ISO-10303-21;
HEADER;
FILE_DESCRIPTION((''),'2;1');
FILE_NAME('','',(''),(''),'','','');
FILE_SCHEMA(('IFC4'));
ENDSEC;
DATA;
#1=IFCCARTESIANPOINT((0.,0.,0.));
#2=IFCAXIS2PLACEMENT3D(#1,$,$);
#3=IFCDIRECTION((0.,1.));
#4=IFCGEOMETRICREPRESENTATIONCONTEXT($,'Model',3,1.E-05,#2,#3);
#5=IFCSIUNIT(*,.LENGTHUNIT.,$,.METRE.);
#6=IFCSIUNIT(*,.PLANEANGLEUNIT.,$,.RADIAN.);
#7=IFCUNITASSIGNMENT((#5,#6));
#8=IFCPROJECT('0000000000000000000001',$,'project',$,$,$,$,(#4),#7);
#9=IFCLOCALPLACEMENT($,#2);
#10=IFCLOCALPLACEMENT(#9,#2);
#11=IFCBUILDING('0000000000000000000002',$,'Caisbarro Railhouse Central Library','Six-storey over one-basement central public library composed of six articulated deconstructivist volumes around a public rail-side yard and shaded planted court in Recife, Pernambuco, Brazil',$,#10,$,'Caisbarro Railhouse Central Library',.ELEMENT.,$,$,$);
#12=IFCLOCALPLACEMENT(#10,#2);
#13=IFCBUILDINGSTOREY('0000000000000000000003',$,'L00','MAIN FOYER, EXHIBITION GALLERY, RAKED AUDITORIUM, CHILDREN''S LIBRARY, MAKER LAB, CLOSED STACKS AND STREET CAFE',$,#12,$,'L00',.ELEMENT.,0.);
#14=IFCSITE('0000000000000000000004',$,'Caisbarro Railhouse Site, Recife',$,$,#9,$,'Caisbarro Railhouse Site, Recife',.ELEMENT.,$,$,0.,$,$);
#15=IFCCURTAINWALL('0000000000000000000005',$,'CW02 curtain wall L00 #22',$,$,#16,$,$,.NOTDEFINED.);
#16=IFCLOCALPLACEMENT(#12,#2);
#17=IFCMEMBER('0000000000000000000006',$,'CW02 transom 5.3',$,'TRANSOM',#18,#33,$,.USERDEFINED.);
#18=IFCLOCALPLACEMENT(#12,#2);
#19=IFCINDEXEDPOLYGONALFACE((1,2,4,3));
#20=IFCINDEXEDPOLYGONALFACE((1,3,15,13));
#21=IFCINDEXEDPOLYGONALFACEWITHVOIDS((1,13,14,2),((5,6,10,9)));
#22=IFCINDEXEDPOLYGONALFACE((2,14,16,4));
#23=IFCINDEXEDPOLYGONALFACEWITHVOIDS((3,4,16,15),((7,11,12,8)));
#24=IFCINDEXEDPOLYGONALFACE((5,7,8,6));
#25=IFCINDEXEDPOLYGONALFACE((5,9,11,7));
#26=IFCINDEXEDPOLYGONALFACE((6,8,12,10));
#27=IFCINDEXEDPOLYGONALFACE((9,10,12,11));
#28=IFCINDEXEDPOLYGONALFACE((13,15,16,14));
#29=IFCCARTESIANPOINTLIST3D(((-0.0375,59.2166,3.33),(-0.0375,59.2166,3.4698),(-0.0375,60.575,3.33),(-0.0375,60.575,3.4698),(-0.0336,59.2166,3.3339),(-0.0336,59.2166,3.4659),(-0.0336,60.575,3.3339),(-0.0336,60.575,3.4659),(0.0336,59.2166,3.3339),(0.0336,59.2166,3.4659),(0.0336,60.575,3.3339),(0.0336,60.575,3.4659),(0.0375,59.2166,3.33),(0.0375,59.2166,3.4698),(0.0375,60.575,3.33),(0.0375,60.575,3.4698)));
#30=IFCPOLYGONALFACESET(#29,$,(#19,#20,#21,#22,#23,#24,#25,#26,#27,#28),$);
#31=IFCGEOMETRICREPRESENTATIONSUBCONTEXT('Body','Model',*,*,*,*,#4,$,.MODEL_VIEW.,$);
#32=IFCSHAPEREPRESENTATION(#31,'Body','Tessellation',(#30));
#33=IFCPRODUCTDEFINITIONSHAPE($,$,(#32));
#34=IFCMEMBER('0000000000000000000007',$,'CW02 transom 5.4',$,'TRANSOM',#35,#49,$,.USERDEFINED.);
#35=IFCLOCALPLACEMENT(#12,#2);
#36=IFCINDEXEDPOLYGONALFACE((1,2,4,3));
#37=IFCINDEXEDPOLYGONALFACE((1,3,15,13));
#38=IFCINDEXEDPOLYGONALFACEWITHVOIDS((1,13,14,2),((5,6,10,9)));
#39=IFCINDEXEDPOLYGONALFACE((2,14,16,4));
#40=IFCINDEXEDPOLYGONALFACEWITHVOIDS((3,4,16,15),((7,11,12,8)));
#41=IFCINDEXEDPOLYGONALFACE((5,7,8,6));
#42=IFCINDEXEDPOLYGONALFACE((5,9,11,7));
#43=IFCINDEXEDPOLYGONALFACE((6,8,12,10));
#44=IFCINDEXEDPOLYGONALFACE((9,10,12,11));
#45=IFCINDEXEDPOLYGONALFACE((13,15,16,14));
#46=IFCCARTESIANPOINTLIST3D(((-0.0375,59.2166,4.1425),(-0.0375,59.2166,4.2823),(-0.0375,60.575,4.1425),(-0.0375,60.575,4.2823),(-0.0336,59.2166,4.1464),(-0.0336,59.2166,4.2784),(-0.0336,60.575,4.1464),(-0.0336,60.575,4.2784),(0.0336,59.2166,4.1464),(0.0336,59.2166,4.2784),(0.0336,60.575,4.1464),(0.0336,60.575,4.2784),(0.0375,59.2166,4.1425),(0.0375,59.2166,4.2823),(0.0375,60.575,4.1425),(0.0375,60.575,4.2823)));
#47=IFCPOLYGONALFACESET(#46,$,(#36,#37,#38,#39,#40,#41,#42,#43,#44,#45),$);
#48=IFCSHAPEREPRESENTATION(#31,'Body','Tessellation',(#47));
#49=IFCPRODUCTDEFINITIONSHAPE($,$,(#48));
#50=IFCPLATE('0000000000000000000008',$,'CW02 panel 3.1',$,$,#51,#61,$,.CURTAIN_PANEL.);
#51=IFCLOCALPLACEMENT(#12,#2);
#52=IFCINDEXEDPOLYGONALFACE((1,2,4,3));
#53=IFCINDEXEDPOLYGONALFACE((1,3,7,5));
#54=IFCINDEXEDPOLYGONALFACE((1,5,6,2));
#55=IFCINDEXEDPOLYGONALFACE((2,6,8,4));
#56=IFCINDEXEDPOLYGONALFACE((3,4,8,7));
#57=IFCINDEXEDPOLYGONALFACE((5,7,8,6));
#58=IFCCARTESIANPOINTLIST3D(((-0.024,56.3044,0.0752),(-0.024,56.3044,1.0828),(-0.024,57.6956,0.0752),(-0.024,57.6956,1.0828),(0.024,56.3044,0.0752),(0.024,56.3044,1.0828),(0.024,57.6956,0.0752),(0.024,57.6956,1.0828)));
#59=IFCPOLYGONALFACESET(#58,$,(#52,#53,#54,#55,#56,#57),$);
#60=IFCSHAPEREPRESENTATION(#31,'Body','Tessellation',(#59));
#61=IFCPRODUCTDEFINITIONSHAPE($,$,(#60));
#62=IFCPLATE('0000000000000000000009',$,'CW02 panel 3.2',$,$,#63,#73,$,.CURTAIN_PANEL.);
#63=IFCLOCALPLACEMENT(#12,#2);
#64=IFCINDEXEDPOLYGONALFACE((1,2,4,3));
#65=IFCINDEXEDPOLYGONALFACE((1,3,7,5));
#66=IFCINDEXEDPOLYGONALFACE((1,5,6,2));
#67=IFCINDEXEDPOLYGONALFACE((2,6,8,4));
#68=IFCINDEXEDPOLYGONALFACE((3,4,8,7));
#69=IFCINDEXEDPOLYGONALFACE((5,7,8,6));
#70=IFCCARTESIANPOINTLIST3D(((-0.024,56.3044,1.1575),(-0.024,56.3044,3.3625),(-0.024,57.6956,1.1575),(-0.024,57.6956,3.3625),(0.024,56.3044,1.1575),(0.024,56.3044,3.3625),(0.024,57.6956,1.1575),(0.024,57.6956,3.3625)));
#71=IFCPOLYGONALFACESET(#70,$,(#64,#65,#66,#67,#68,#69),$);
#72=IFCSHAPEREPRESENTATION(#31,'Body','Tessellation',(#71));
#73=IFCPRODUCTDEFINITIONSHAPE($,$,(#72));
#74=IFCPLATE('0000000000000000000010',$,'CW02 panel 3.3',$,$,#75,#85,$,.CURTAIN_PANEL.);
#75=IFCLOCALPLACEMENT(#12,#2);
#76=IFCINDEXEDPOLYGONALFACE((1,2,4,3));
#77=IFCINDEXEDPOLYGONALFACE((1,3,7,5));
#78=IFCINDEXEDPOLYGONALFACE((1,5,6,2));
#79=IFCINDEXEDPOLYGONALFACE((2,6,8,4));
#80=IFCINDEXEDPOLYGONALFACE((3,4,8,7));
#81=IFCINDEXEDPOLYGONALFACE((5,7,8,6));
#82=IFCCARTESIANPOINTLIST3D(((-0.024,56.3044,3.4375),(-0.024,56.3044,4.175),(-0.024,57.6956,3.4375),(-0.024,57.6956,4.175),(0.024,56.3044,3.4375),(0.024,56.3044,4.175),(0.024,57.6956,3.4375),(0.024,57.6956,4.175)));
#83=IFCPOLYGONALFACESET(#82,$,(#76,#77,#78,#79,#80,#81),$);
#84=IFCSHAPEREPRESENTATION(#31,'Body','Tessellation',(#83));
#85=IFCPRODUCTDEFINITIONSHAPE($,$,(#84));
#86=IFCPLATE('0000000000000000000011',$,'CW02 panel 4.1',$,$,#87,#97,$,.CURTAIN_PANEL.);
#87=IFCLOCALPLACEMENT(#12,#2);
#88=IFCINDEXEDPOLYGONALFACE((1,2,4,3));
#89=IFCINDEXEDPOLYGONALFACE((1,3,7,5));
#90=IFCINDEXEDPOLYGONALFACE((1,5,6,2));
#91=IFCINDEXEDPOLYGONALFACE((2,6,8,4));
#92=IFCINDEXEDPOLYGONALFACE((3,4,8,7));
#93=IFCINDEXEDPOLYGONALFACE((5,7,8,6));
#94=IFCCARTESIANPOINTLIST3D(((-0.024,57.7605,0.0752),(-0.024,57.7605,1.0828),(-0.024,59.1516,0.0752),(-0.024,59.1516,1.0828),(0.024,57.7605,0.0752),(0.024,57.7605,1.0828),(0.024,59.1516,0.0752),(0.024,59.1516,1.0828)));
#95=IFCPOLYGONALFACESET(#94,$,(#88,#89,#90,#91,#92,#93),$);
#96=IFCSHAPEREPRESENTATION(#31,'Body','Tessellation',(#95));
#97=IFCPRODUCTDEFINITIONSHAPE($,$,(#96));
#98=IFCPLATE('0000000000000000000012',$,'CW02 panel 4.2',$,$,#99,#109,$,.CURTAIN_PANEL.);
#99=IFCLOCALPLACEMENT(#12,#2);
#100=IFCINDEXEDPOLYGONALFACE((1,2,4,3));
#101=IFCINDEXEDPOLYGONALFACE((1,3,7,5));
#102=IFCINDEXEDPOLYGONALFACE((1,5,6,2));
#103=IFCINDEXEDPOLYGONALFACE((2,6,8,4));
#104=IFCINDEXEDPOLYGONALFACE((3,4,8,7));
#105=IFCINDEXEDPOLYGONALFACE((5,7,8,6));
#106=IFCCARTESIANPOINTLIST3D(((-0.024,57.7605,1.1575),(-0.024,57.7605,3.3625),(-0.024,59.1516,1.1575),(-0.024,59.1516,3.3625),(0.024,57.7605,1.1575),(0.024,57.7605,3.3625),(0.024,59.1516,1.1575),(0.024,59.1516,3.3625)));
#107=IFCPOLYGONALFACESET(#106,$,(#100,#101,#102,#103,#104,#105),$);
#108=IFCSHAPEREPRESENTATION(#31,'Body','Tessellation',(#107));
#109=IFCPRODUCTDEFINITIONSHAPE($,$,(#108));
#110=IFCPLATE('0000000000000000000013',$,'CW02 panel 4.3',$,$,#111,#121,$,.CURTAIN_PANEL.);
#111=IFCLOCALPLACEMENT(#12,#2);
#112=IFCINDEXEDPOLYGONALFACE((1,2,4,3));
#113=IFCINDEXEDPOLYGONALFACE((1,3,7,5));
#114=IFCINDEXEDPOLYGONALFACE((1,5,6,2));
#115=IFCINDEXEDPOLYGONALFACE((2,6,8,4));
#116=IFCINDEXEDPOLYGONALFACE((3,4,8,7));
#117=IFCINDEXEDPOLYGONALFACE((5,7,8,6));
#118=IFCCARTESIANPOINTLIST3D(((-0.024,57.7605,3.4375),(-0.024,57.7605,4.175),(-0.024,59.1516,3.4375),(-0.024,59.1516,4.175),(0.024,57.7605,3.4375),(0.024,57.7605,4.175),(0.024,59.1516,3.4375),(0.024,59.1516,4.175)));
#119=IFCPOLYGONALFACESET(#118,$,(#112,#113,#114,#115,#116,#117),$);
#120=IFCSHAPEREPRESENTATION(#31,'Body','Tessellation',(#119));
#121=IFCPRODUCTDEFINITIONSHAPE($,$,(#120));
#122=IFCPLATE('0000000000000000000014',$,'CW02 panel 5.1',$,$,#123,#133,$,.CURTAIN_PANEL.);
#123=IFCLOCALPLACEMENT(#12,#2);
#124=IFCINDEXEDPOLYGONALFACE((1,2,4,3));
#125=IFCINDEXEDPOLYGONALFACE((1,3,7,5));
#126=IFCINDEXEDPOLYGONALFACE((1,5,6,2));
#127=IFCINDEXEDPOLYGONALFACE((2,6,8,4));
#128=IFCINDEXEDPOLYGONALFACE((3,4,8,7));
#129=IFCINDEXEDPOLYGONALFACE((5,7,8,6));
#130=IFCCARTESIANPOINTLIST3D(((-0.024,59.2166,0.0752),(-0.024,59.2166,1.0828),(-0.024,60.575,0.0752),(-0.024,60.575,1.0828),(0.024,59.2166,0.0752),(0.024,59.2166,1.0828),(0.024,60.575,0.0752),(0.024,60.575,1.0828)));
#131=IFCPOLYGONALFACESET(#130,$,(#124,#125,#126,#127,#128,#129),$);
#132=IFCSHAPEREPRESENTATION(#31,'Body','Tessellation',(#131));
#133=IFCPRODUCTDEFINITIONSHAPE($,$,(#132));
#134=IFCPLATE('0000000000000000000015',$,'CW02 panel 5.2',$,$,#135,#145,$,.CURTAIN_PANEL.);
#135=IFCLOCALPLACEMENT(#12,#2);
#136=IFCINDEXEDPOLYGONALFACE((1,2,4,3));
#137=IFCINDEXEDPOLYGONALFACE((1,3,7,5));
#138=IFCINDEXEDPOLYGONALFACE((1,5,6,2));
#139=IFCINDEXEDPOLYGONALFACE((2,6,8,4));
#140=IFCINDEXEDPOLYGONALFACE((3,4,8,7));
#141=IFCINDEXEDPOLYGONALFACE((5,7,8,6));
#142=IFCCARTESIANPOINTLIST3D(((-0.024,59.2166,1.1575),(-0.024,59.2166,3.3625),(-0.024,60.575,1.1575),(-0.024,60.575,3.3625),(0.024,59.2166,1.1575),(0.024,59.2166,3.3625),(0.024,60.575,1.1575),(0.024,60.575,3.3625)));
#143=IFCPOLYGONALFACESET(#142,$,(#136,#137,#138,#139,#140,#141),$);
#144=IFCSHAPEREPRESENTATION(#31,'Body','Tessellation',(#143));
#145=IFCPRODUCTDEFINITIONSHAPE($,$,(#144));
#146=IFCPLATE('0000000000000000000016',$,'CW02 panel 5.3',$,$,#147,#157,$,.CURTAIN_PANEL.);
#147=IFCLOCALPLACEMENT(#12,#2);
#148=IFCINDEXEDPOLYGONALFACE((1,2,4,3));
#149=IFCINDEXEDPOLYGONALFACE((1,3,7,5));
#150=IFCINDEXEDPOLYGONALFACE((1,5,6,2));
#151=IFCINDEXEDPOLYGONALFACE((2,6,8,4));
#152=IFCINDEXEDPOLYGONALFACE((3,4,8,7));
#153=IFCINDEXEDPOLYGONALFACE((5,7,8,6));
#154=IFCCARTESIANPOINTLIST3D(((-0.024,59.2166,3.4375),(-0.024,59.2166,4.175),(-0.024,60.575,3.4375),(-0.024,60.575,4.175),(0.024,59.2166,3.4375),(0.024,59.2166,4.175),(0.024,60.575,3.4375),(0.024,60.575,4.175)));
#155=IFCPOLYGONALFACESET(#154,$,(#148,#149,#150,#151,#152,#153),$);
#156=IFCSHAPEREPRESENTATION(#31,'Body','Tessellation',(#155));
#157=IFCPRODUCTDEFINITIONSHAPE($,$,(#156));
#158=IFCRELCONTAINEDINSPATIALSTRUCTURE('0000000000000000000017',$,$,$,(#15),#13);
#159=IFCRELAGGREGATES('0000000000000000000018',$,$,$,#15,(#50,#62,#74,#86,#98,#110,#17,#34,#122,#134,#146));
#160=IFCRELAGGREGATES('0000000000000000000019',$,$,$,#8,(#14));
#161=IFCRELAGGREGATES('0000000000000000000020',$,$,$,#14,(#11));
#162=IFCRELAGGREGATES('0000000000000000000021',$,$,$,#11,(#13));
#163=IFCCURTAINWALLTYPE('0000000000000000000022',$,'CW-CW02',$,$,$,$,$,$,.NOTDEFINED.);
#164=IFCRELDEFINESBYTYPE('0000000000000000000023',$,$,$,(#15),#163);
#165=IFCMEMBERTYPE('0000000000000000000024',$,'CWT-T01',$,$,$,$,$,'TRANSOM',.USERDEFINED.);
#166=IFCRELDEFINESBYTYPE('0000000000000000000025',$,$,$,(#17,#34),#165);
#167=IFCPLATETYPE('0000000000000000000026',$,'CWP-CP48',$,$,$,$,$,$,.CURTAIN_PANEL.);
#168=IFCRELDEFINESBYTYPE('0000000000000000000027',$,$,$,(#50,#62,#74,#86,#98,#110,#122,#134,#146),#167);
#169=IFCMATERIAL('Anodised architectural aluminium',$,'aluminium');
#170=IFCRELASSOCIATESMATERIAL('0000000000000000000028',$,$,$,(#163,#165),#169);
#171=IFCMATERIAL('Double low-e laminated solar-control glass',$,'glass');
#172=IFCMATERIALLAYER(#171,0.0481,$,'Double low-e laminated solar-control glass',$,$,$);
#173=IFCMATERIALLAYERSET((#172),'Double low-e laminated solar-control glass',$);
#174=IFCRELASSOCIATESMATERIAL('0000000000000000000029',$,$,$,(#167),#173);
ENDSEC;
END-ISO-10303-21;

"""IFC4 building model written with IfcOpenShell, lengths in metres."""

from ifc_helpers import new_model, si_unit, direction, frame, origin, origin_2d, place, context, subcontext, project, spatial, rectangle, hollow_rectangle, extrude, material, layer, layer_set, material_profile, profile_set, type_object, element, aggregate, save


model = new_model("IFC4")

# Units and contexts
model_context = context("Model", 3, precision=1e-05, world=origin(), true_north=direction((0.0, 1.0)))
body_context = subcontext(model_context, "Body", "Model", "MODEL_VIEW")
ifc_project = project(units=[si_unit("LENGTHUNIT", "METRE"), si_unit("PLANEANGLEUNIT", "RADIAN")], contexts=[model_context])

# Site, building, storey
site_placement = place(None, origin())
site = spatial("IfcSite", under=ifc_project, at=site_placement, Name="Caisbarro Railhouse Site, Recife", LongName="Caisbarro Railhouse Site, Recife", CompositionType="ELEMENT", RefElevation=0.0)
building_placement = place(site_placement, origin())
building = spatial("IfcBuilding", under=site, at=building_placement, Name="Caisbarro Railhouse Central Library", Description="Six-storey over one-basement central public library composed of six articulated deconstructivist volumes around a public rail-side yard and shaded planted court in Recife, Pernambuco, Brazil", LongName="Caisbarro Railhouse Central Library", CompositionType="ELEMENT")
storey_placement = place(building_placement, origin())
storey = spatial("IfcBuildingStorey", under=building, at=storey_placement, Name="L00", Description="MAIN FOYER, EXHIBITION GALLERY, RAKED AUDITORIUM, CHILDREN'S LIBRARY, MAKER LAB, CLOSED STACKS AND STREET CAFE", LongName="L00", CompositionType="ELEMENT", Elevation=0.0)

# Shared definitions
ifc_material_1 = material(Name="Anodised architectural aluminium", Category="aluminium")

# Curtain wall, members, plates
curtain_wall_type_1 = type_object("IfcCurtainWallType", Name="CW-CW02", PredefinedType="NOTDEFINED", material=ifc_material_1)
curtain_wall_1_placement = place(storey_placement, origin())
curtain_wall_1 = element("IfcCurtainWall", 1, at=curtain_wall_1_placement, inside=storey, type_object=curtain_wall_type_1, Name="CW02 curtain wall L00 #22", PredefinedType="NOTDEFINED")
ifc_material_profile_1 = material_profile(ifc_material_1, hollow_rectangle(XDim=0.075, YDim=0.1399, WallThickness=0.0039, at=origin_2d()), Name="ALU-TRN-75X140")
ifc_profile_set_1 = profile_set([ifc_material_profile_1], Name="Anodised architectural aluminium")
member_type_1 = type_object("IfcMemberType", Name="CWT-T01", ElementType="TRANSOM", PredefinedType="USERDEFINED", material=ifc_profile_set_1)
member_1_placement = place(storey_placement, frame((0.0, 59.2166, 3.3999), z_axis=(0.0, 1.0, 0.0), x_axis=(-1.0, 0.0, 0.0)))
member_1 = element("IfcMember", 2, at=member_1_placement, type_object=member_type_1, Name="CW02 transom 5.3", ObjectType="TRANSOM", PredefinedType="USERDEFINED", context=body_context, shape_type="SweptSolid", body=[
    extrude(hollow_rectangle(XDim=0.075, YDim=0.1399, WallThickness=0.0039, at=origin_2d()), origin(), (0.0, 0.0, 1.0), 1.3584),
])
member_2_placement = place(storey_placement, frame((0.0, 59.2166, 4.2124), z_axis=(0.0, 1.0, 0.0), x_axis=(-1.0, 0.0, 0.0)))
member_2 = element("IfcMember", 3, at=member_2_placement, type_object=member_type_1, Name="CW02 transom 5.4", ObjectType="TRANSOM", PredefinedType="USERDEFINED", context=body_context, shape_type="SweptSolid", body=[
    extrude(hollow_rectangle(XDim=0.075, YDim=0.1399, WallThickness=0.0039, at=origin_2d()), origin(), (0.0, 0.0, 1.0), 1.3584),
])
ifc_material_2 = material(Name="Double low-e laminated solar-control glass", Category="glass")
ifc_layer = layer(ifc_material_2, 0.0481, Name="Double low-e laminated solar-control glass")
ifc_layer_set = layer_set([ifc_layer], Name="Double low-e laminated solar-control glass")
plate_type = type_object("IfcPlateType", Name="CWP-CP48", PredefinedType="CURTAIN_PANEL", material=ifc_layer_set)
plate_1_placement = place(storey_placement, frame((0.0, 57.0, 0.0752), z_axis=(0.0, 0.0, 1.0), x_axis=(0.0, 1.0, 0.0)))
plate_1 = element("IfcPlate", 4, at=plate_1_placement, type_object=plate_type, Name="CW02 panel 3.1", PredefinedType="CURTAIN_PANEL", context=body_context, shape_type="SweptSolid", body=[
    extrude(rectangle(XDim=1.3911, YDim=0.0481, at=origin_2d()), origin(), (0.0, 0.0, 1.0), 1.0076),
])
plate_2_placement = place(storey_placement, frame((0.0, 57.0, 1.1575), z_axis=(0.0, 0.0, 1.0), x_axis=(0.0, 1.0, 0.0)))
plate_2 = element("IfcPlate", 5, at=plate_2_placement, type_object=plate_type, Name="CW02 panel 3.2", PredefinedType="CURTAIN_PANEL", context=body_context, shape_type="SweptSolid", body=[
    extrude(rectangle(XDim=1.3911, YDim=0.0481, at=origin_2d()), origin(), (0.0, 0.0, 1.0), 2.2051),
])
plate_3_placement = place(storey_placement, frame((0.0, 57.0, 3.4375), z_axis=(0.0, 0.0, 1.0), x_axis=(0.0, 1.0, 0.0)))
plate_3 = element("IfcPlate", 6, at=plate_3_placement, type_object=plate_type, Name="CW02 panel 3.3", PredefinedType="CURTAIN_PANEL", context=body_context, shape_type="SweptSolid", body=[
    extrude(rectangle(XDim=1.3911, YDim=0.0481, at=origin_2d()), origin(), (0.0, 0.0, 1.0), 0.7375),
])
plate_4_placement = place(storey_placement, frame((0.0, 58.4561, 0.0752), z_axis=(0.0, 0.0, 1.0), x_axis=(0.0, 1.0, 0.0)))
plate_4 = element("IfcPlate", 7, at=plate_4_placement, type_object=plate_type, Name="CW02 panel 4.1", PredefinedType="CURTAIN_PANEL", context=body_context, shape_type="SweptSolid", body=[
    extrude(rectangle(XDim=1.3911, YDim=0.0481, at=origin_2d()), origin(), (0.0, 0.0, 1.0), 1.0076),
])
plate_5_placement = place(storey_placement, frame((0.0, 58.4561, 1.1575), z_axis=(0.0, 0.0, 1.0), x_axis=(0.0, 1.0, 0.0)))
plate_5 = element("IfcPlate", 8, at=plate_5_placement, type_object=plate_type, Name="CW02 panel 4.2", PredefinedType="CURTAIN_PANEL", context=body_context, shape_type="SweptSolid", body=[
    extrude(rectangle(XDim=1.3911, YDim=0.0481, at=origin_2d()), origin(), (0.0, 0.0, 1.0), 2.2051),
])
plate_6_placement = place(storey_placement, frame((0.0, 58.4561, 3.4375), z_axis=(0.0, 0.0, 1.0), x_axis=(0.0, 1.0, 0.0)))
plate_6 = element("IfcPlate", 9, at=plate_6_placement, type_object=plate_type, Name="CW02 panel 4.3", PredefinedType="CURTAIN_PANEL", context=body_context, shape_type="SweptSolid", body=[
    extrude(rectangle(XDim=1.3911, YDim=0.0481, at=origin_2d()), origin(), (0.0, 0.0, 1.0), 0.7375),
])
plate_7_placement = place(storey_placement, frame((0.0, 59.8958, 0.0752), z_axis=(0.0, 0.0, 1.0), x_axis=(0.0, 1.0, 0.0)))
plate_7 = element("IfcPlate", 10, at=plate_7_placement, type_object=plate_type, Name="CW02 panel 5.1", PredefinedType="CURTAIN_PANEL", context=body_context, shape_type="SweptSolid", body=[
    extrude(rectangle(XDim=1.3584, YDim=0.0481, at=origin_2d()), origin(), (0.0, 0.0, 1.0), 1.0076),
])
plate_8_placement = place(storey_placement, frame((0.0, 59.8958, 1.1575), z_axis=(0.0, 0.0, 1.0), x_axis=(0.0, 1.0, 0.0)))
plate_8 = element("IfcPlate", 11, at=plate_8_placement, type_object=plate_type, Name="CW02 panel 5.2", PredefinedType="CURTAIN_PANEL", context=body_context, shape_type="SweptSolid", body=[
    extrude(rectangle(XDim=1.3584, YDim=0.0481, at=origin_2d()), origin(), (0.0, 0.0, 1.0), 2.2051),
])
plate_9_placement = place(storey_placement, frame((0.0, 59.8958, 3.4375), z_axis=(0.0, 0.0, 1.0), x_axis=(0.0, 1.0, 0.0)))
plate_9 = element("IfcPlate", 12, at=plate_9_placement, type_object=plate_type, Name="CW02 panel 5.3", PredefinedType="CURTAIN_PANEL", context=body_context, shape_type="SweptSolid", body=[
    extrude(rectangle(XDim=1.3584, YDim=0.0481, at=origin_2d()), origin(), (0.0, 0.0, 1.0), 0.7375),
])
aggregate(curtain_wall_1, [plate_1, plate_2, plate_3, plate_4, plate_5, plate_6, member_1, member_2, plate_7, plate_8, plate_9])

save(model, "model.ifc")
